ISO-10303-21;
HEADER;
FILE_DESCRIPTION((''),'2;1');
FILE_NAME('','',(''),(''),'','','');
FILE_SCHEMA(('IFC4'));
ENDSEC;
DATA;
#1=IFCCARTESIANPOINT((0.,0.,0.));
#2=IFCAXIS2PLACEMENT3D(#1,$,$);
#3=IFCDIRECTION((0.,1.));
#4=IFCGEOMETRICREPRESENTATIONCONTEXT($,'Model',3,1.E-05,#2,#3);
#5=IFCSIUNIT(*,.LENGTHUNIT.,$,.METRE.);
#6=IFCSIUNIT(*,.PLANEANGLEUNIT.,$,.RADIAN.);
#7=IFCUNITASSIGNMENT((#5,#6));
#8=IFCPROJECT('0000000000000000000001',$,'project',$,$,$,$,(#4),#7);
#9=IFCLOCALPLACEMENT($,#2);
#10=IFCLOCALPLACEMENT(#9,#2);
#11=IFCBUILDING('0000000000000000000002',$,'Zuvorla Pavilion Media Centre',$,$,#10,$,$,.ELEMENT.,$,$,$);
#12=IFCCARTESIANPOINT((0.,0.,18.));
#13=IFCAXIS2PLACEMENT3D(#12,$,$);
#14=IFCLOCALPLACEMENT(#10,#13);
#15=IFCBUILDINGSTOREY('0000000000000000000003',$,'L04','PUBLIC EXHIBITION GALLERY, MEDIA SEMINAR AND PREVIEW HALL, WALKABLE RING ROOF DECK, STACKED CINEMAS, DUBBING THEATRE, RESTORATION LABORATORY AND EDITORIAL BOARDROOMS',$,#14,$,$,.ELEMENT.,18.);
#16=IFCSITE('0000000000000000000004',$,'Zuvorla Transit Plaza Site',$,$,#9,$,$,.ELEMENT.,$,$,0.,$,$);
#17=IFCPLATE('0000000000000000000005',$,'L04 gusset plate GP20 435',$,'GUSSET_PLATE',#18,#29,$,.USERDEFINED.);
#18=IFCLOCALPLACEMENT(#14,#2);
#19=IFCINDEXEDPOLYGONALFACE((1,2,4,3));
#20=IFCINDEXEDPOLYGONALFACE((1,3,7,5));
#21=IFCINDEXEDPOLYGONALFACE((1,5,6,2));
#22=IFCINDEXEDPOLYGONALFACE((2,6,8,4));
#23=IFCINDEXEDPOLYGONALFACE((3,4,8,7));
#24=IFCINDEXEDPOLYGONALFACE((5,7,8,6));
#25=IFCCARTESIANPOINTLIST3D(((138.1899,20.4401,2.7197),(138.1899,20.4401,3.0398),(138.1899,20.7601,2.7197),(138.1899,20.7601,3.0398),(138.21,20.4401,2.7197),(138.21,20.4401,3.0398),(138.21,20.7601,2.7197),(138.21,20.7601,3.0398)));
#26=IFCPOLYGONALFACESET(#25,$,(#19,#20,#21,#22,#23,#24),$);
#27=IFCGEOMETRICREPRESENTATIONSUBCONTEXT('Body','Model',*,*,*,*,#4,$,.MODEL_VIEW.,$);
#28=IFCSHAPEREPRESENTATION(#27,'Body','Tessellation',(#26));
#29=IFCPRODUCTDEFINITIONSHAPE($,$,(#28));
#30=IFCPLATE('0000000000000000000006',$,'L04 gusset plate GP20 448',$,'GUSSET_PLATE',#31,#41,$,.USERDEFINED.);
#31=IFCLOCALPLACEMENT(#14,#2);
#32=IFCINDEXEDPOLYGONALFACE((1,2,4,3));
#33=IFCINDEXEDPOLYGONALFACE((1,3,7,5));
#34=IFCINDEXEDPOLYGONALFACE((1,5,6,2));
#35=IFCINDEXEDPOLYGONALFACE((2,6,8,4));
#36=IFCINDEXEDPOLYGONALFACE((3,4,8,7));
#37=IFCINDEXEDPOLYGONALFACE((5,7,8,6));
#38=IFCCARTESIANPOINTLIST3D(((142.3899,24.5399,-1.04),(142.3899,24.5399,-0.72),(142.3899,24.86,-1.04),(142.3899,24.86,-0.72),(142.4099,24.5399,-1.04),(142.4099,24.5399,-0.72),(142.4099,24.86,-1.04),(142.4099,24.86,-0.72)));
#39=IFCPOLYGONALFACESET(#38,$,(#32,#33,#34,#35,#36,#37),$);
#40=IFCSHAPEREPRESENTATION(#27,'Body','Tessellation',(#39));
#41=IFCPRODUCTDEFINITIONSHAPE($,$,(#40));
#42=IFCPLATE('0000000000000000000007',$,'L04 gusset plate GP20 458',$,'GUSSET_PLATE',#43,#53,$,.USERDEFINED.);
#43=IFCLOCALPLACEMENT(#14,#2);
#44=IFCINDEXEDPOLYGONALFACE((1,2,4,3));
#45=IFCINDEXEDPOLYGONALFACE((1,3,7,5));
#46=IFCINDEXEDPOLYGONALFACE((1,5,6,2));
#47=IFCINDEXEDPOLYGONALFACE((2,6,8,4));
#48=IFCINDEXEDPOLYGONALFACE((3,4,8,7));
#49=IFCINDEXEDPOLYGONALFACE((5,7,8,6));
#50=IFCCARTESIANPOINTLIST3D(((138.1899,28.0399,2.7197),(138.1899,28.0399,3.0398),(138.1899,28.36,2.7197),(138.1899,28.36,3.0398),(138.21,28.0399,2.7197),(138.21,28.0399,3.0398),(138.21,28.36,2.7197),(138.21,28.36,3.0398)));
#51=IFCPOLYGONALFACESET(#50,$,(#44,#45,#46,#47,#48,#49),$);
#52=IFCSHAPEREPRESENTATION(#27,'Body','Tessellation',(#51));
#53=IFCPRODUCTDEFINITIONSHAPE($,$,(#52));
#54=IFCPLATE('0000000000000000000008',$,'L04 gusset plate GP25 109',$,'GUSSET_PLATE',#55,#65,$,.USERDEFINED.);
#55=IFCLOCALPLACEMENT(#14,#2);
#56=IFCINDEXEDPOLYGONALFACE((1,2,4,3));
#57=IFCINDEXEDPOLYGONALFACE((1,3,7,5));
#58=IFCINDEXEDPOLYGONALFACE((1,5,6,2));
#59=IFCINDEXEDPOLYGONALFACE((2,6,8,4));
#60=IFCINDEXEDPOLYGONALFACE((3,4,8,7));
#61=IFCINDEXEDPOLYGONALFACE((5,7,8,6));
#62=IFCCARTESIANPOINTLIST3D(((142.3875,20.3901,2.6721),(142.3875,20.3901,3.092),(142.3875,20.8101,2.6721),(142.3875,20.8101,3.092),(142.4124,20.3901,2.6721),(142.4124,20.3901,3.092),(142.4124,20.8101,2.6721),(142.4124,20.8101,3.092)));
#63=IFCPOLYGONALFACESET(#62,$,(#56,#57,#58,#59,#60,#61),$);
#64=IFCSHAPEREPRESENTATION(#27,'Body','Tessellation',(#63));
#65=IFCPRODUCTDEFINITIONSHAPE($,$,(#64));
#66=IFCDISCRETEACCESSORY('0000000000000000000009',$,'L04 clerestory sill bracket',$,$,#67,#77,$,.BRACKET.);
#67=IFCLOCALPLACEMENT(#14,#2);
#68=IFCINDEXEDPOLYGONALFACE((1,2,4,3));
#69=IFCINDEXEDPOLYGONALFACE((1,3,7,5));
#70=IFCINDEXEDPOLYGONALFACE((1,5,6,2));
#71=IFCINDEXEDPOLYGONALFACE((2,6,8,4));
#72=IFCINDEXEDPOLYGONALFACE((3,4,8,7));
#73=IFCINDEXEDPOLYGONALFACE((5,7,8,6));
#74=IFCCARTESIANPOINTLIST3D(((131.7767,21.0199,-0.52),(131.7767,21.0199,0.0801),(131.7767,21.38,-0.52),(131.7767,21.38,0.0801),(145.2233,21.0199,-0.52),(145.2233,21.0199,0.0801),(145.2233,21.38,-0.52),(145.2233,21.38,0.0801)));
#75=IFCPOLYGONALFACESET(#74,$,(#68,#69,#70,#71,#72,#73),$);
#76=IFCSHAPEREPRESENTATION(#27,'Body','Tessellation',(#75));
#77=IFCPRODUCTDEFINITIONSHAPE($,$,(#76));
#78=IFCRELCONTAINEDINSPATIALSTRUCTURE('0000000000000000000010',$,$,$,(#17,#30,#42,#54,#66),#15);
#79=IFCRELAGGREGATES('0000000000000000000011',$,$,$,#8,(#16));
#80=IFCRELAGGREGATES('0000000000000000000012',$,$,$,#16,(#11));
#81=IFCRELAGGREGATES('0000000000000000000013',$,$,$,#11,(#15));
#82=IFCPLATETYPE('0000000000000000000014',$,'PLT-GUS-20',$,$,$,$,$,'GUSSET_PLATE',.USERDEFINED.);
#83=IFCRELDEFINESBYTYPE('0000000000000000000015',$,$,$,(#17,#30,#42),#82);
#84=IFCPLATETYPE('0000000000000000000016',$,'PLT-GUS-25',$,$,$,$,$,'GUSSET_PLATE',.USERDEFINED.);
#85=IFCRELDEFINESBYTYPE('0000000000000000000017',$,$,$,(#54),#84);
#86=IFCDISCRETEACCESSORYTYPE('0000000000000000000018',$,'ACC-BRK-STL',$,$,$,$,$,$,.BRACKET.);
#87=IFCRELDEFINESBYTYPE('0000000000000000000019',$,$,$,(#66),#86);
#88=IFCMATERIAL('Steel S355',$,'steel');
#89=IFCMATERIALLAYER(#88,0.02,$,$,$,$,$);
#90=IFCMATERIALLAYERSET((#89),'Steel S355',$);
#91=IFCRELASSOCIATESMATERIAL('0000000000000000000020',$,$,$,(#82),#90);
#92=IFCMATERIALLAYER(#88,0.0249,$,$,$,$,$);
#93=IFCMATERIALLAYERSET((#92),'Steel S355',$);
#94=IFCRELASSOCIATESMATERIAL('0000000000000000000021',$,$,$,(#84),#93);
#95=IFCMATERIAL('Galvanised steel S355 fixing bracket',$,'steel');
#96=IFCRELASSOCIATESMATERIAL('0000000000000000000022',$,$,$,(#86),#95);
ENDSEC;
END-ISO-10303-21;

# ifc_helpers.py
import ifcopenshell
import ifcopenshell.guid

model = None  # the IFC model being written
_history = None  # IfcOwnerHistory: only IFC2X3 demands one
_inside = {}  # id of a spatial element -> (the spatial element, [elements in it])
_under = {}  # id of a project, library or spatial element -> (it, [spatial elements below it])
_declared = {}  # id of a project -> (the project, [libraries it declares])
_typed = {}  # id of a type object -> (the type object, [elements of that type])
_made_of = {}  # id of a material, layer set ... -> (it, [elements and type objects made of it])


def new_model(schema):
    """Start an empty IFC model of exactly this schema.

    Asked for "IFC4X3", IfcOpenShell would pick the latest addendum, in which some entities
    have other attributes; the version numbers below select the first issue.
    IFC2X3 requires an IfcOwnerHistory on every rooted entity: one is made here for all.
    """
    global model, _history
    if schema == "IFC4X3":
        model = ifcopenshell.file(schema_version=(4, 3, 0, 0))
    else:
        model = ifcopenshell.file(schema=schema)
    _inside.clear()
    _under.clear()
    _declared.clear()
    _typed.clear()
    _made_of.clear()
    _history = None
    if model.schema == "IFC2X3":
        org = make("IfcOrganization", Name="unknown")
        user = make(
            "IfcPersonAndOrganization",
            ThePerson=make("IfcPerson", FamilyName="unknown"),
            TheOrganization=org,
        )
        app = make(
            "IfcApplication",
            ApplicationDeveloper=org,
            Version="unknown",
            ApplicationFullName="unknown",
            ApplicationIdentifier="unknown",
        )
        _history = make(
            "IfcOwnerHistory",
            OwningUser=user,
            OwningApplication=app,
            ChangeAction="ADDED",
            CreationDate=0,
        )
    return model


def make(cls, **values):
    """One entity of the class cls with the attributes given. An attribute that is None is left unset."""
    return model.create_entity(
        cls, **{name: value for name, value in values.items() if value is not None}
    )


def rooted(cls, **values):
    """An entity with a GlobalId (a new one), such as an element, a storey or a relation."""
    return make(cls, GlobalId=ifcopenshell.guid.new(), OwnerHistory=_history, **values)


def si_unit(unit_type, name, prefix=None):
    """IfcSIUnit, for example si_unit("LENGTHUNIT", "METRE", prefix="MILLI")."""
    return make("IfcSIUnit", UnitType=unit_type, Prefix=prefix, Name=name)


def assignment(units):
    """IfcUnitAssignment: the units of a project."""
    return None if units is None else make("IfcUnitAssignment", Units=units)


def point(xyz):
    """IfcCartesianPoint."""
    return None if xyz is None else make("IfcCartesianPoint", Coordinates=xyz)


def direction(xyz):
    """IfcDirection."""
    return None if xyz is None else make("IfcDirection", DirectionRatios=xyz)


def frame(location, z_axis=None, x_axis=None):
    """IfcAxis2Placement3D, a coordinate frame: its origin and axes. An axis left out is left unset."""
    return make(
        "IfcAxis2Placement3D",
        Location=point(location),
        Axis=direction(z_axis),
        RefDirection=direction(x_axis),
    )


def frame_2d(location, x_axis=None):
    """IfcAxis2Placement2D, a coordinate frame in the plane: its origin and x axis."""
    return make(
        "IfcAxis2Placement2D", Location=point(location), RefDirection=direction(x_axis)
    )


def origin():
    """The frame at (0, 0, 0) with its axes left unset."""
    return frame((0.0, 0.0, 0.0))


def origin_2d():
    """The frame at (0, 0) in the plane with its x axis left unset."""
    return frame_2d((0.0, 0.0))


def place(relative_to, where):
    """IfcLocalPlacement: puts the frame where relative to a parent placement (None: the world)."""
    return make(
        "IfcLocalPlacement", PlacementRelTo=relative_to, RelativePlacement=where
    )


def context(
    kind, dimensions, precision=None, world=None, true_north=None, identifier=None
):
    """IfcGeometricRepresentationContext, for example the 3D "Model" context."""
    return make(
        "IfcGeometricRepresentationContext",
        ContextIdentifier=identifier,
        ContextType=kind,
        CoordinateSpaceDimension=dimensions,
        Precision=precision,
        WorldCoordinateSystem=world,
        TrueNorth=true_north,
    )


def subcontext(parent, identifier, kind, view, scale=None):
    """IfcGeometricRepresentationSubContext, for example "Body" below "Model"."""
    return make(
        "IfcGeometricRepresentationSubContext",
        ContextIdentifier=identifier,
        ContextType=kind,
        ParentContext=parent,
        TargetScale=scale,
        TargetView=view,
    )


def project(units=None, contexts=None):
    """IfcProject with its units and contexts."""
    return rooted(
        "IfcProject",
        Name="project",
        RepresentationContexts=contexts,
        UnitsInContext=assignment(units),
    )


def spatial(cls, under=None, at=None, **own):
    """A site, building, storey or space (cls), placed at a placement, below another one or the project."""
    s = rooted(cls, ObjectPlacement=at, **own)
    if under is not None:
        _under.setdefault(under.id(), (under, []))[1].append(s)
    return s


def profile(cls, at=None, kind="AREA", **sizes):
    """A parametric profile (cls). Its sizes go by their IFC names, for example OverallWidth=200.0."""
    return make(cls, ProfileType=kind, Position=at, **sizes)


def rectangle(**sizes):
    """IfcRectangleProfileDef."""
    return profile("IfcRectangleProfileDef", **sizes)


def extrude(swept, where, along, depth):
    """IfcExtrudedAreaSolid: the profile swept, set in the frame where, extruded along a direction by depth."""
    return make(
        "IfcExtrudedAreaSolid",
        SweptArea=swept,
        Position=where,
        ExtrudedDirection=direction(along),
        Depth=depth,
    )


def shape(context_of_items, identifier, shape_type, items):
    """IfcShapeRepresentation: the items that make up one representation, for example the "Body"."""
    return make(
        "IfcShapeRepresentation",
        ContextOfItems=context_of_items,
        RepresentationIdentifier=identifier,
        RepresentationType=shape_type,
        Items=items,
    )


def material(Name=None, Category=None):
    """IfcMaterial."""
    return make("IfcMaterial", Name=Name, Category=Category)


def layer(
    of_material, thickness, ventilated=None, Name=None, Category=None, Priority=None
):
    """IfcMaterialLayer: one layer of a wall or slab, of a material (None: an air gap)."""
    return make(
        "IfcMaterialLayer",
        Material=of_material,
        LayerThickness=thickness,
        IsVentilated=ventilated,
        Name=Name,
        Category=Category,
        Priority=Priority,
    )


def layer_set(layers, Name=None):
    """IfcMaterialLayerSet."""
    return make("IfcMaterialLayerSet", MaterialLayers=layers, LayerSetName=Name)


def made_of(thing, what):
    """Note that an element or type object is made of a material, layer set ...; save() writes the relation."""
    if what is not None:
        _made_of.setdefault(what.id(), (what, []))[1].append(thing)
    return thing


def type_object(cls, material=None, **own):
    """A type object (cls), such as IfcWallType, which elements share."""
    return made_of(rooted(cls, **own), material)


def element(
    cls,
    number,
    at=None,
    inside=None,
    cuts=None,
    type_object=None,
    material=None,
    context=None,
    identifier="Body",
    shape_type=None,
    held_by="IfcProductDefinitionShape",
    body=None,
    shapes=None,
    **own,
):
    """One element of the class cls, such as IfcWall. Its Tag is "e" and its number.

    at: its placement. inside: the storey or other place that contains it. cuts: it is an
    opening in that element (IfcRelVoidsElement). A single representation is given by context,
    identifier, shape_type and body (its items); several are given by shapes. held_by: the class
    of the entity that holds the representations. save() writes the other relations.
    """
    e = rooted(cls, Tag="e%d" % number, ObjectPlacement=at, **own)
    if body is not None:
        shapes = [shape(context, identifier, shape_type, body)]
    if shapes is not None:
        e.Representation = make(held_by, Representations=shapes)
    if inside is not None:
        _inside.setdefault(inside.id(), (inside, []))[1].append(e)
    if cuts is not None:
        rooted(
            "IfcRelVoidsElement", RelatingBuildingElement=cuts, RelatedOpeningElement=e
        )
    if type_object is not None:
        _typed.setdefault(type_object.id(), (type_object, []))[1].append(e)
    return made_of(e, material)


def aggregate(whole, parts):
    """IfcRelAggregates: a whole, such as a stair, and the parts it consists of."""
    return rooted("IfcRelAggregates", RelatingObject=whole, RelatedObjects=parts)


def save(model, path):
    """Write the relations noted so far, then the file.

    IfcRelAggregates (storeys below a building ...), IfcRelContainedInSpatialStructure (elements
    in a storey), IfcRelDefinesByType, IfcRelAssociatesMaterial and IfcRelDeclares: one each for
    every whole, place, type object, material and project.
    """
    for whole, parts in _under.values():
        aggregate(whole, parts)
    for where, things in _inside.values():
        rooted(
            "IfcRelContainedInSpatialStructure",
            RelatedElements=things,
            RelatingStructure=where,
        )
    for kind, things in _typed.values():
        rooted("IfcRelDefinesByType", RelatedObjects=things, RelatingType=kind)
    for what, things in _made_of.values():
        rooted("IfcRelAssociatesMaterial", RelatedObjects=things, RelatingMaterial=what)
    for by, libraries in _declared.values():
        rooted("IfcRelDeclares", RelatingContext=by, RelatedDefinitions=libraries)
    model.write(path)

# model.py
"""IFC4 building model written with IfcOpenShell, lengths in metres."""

from ifc_helpers import new_model, si_unit, direction, frame, origin, origin_2d, place, context, subcontext, project, spatial, rectangle, extrude, material, layer, layer_set, type_object, element, save


model = new_model("IFC4")

# Units and contexts
model_context = context("Model", 3, precision=1e-05, world=origin(), true_north=direction((0.0, 1.0)))
body_context = subcontext(model_context, "Body", "Model", "MODEL_VIEW")
ifc_project = project(units=[si_unit("LENGTHUNIT", "METRE"), si_unit("PLANEANGLEUNIT", "RADIAN")], contexts=[model_context])

# Site, building, storey
site_placement = place(None, origin())
site = spatial("IfcSite", under=ifc_project, at=site_placement, Name="Zuvorla Transit Plaza Site", CompositionType="ELEMENT", RefElevation=0.0)
building_placement = place(site_placement, origin())
building = spatial("IfcBuilding", under=site, at=building_placement, Name="Zuvorla Pavilion Media Centre", CompositionType="ELEMENT")
storey_placement = place(building_placement, frame((0.0, 0.0, 18.0)))
storey = spatial("IfcBuildingStorey", under=building, at=storey_placement, Name="L04", Description="PUBLIC EXHIBITION GALLERY, MEDIA SEMINAR AND PREVIEW HALL, WALKABLE RING ROOF DECK, STACKED CINEMAS, DUBBING THEATRE, RESTORATION LABORATORY AND EDITORIAL BOARDROOMS", CompositionType="ELEMENT", Elevation=18.0)

# Shared definitions
ifc_material_1 = material(Name="Steel S355", Category="steel")

# Plates
ifc_layer_1 = layer(ifc_material_1, 0.02)
ifc_layer_set_1 = layer_set([ifc_layer_1], Name="Steel S355")
plate_type_1 = type_object("IfcPlateType", Name="PLT-GUS-20", ElementType="GUSSET_PLATE", PredefinedType="USERDEFINED", material=ifc_layer_set_1)
for number, where, z_axis, x_axis, name in (
    (1, (138.2, 20.6001, 2.7197), (0.0, 0.0, 1.0), (1.0, 0.0, 0.0), "L04 gusset plate GP20 435"),
    (2, (142.3999, 24.7, -1.04), (0.0, 0.0, 1.0), (1.0, 0.0, 0.0), "L04 gusset plate GP20 448"),
    (3, (138.2, 28.2, 2.7197), (0.0, 0.0, 1.0), (1.0, 0.0, 0.0), "L04 gusset plate GP20 458"),
):
    element("IfcPlate", number, at=place(storey_placement, frame(where, z_axis=z_axis, x_axis=x_axis)), inside=storey, type_object=plate_type_1, Name=name, ObjectType="GUSSET_PLATE", PredefinedType="USERDEFINED", context=body_context, shape_type="SweptSolid", body=[
        extrude(rectangle(XDim=0.02, YDim=0.3201, at=origin_2d()), origin(), (0.0, 0.0, 1.0), 0.3201),
    ])
ifc_layer_2 = layer(ifc_material_1, 0.0249)
ifc_layer_set_2 = layer_set([ifc_layer_2], Name="Steel S355")
plate_type_2 = type_object("IfcPlateType", Name="PLT-GUS-25", ElementType="GUSSET_PLATE", PredefinedType="USERDEFINED", material=ifc_layer_set_2)
plate_1_placement = place(storey_placement, frame((142.3999, 20.6001, 2.6721), z_axis=(0.0, 0.0, 1.0), x_axis=(1.0, 0.0, 0.0)))
element("IfcPlate", 4, at=plate_1_placement, inside=storey, type_object=plate_type_2, Name="L04 gusset plate GP25 109", ObjectType="GUSSET_PLATE", PredefinedType="USERDEFINED", context=body_context, shape_type="SweptSolid", body=[
    extrude(rectangle(XDim=0.0249, YDim=0.4199, at=origin_2d()), origin(), (0.0, 0.0, 1.0), 0.4199),
])

# Discrete accessory
ifc_material_2 = material(Name="Galvanised steel S355 fixing bracket", Category="steel")
discrete_accessory_type = type_object("IfcDiscreteAccessoryType", Name="ACC-BRK-STL", PredefinedType="BRACKET", material=ifc_material_2)
discrete_accessory_placement = place(storey_placement, frame((138.5, 21.2, -0.52), z_axis=(0.0, 0.0, 1.0), x_axis=(1.0, 0.0, 0.0)))
element("IfcDiscreteAccessory", 5, at=discrete_accessory_placement, inside=storey, type_object=discrete_accessory_type, Name="L04 clerestory sill bracket", PredefinedType="BRACKET", context=body_context, shape_type="SweptSolid", body=[
    extrude(rectangle(XDim=13.4465, YDim=0.3601, at=origin_2d()), origin(), (0.0, 0.0, 1.0), 0.6001),
])

save(model, "model.ifc")
